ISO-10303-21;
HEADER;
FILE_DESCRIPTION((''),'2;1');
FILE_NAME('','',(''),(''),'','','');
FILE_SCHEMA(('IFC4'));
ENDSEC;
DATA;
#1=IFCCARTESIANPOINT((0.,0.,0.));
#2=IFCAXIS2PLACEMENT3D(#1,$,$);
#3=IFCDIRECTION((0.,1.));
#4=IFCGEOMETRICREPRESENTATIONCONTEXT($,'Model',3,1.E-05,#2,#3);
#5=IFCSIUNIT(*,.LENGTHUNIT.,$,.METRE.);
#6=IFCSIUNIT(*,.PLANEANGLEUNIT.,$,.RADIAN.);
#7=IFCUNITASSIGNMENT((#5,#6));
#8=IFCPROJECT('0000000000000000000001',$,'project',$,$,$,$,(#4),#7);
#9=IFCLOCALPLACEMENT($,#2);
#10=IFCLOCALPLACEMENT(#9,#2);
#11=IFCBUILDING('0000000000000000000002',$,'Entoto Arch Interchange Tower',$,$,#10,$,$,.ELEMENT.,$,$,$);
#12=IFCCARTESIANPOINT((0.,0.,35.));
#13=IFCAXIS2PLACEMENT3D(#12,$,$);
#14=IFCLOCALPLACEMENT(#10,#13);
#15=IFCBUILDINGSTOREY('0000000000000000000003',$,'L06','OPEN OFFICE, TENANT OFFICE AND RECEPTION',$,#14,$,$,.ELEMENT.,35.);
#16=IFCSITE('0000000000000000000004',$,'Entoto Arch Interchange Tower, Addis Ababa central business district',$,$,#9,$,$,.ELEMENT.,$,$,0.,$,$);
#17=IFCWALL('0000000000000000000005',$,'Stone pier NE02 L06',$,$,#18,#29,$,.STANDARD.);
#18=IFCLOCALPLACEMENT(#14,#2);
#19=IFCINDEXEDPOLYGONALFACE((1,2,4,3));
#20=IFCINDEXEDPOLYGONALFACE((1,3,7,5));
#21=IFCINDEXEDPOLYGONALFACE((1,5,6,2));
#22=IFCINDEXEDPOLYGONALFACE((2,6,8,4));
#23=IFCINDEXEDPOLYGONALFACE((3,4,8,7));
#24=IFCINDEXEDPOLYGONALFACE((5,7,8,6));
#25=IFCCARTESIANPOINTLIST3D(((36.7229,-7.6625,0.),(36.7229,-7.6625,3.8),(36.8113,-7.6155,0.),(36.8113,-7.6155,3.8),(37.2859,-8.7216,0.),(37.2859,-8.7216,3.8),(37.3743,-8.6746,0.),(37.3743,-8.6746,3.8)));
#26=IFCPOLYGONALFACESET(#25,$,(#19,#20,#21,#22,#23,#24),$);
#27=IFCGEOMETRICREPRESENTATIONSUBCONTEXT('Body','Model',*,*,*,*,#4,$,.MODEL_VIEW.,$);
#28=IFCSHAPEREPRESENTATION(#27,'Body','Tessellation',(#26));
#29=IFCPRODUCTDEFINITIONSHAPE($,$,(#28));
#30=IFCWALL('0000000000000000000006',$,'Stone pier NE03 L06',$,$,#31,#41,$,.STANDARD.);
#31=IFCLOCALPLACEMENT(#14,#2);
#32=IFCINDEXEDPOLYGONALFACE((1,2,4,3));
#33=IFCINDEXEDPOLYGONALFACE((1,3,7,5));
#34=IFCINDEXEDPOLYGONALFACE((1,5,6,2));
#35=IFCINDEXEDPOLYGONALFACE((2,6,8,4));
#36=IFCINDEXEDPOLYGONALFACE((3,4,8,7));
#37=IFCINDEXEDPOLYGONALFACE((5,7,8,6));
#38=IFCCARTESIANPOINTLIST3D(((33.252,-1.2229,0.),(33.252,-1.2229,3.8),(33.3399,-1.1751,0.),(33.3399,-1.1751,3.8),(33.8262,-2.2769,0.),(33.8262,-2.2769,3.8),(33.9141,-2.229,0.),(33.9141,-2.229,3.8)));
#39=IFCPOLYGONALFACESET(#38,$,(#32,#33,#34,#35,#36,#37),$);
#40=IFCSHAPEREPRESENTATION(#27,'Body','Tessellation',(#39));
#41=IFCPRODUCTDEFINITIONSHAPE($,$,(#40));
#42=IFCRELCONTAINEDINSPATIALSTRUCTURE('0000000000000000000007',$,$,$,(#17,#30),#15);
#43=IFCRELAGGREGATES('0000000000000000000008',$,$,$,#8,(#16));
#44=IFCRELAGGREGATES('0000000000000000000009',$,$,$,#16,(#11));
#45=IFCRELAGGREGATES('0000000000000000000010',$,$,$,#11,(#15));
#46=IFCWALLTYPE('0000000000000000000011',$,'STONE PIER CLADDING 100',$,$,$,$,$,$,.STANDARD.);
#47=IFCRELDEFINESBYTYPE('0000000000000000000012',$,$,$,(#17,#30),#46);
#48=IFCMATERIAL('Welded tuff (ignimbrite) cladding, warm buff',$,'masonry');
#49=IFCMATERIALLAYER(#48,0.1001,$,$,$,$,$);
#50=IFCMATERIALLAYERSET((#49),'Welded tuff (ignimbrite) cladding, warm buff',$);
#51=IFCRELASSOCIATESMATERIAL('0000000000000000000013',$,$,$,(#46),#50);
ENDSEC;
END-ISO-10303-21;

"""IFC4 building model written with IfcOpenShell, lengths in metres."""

from ifc_helpers import new_model, si_unit, direction, frame, frame_2d, origin, place, context, subcontext, project, spatial, rectangle, extrude, material, layer, layer_set, type_object, element, save


model = new_model("IFC4")

# Units and contexts
model_context = context("Model", 3, precision=1e-05, world=origin(), true_north=direction((0.0, 1.0)))
body_context = subcontext(model_context, "Body", "Model", "MODEL_VIEW")
ifc_project = project(units=[si_unit("LENGTHUNIT", "METRE"), si_unit("PLANEANGLEUNIT", "RADIAN")], contexts=[model_context])

# Site, building, storey
site_placement = place(None, origin())
site = spatial("IfcSite", under=ifc_project, at=site_placement, Name="Entoto Arch Interchange Tower, Addis Ababa central business district", CompositionType="ELEMENT", RefElevation=0.0)
building_placement = place(site_placement, origin())
building = spatial("IfcBuilding", under=site, at=building_placement, Name="Entoto Arch Interchange Tower", CompositionType="ELEMENT")
storey_placement = place(building_placement, frame((0.0, 0.0, 35.0)))
storey = spatial("IfcBuildingStorey", under=building, at=storey_placement, Name="L06", Description="OPEN OFFICE, TENANT OFFICE AND RECEPTION", CompositionType="ELEMENT", Elevation=35.0)

# Shared definitions
ifc_material_1 = material(Name="Welded tuff (ignimbrite) cladding, warm buff", Category="masonry")

# Walls
ifc_layer_1 = layer(ifc_material_1, 0.1001)
ifc_layer_set_1 = layer_set([ifc_layer_1], Name="Welded tuff (ignimbrite) cladding, warm buff")
wall_type_1 = type_object("IfcWallType", Name="STONE PIER CLADDING 100", PredefinedType="STANDARD", material=ifc_layer_set_1)
wall_1_placement = place(storey_placement, frame((37.3301, -8.698, 0.0), z_axis=(0.0, 0.0, 1.0), x_axis=(-0.469383, 0.882994, 0.0)))
element("IfcWall", 1, at=wall_1_placement, inside=storey, type_object=wall_type_1, Name="Stone pier NE02 L06", PredefinedType="STANDARD", context=body_context, shape_type="SweptSolid", body=[
    extrude(rectangle(XDim=1.1995, YDim=0.1001, at=frame_2d((0.5996, 0.0))), origin(), (0.0, 0.0, 1.0), 3.8),
])
wall_2_placement = place(storey_placement, frame((33.8701, -2.2529, 0.0), z_axis=(0.0, 0.0, 1.0), x_axis=(-0.478425, 0.878129, 0.0)))
element("IfcWall", 2, at=wall_2_placement, inside=storey, type_object=wall_type_1, Name="Stone pier NE03 L06", PredefinedType="STANDARD", context=body_context, shape_type="SweptSolid", body=[
    extrude(rectangle(XDim=1.2002, YDim=0.1001, at=frame_2d((0.6001, 0.0))), origin(), (0.0, 0.0, 1.0), 3.8),
])

save(model, "model.ifc")
